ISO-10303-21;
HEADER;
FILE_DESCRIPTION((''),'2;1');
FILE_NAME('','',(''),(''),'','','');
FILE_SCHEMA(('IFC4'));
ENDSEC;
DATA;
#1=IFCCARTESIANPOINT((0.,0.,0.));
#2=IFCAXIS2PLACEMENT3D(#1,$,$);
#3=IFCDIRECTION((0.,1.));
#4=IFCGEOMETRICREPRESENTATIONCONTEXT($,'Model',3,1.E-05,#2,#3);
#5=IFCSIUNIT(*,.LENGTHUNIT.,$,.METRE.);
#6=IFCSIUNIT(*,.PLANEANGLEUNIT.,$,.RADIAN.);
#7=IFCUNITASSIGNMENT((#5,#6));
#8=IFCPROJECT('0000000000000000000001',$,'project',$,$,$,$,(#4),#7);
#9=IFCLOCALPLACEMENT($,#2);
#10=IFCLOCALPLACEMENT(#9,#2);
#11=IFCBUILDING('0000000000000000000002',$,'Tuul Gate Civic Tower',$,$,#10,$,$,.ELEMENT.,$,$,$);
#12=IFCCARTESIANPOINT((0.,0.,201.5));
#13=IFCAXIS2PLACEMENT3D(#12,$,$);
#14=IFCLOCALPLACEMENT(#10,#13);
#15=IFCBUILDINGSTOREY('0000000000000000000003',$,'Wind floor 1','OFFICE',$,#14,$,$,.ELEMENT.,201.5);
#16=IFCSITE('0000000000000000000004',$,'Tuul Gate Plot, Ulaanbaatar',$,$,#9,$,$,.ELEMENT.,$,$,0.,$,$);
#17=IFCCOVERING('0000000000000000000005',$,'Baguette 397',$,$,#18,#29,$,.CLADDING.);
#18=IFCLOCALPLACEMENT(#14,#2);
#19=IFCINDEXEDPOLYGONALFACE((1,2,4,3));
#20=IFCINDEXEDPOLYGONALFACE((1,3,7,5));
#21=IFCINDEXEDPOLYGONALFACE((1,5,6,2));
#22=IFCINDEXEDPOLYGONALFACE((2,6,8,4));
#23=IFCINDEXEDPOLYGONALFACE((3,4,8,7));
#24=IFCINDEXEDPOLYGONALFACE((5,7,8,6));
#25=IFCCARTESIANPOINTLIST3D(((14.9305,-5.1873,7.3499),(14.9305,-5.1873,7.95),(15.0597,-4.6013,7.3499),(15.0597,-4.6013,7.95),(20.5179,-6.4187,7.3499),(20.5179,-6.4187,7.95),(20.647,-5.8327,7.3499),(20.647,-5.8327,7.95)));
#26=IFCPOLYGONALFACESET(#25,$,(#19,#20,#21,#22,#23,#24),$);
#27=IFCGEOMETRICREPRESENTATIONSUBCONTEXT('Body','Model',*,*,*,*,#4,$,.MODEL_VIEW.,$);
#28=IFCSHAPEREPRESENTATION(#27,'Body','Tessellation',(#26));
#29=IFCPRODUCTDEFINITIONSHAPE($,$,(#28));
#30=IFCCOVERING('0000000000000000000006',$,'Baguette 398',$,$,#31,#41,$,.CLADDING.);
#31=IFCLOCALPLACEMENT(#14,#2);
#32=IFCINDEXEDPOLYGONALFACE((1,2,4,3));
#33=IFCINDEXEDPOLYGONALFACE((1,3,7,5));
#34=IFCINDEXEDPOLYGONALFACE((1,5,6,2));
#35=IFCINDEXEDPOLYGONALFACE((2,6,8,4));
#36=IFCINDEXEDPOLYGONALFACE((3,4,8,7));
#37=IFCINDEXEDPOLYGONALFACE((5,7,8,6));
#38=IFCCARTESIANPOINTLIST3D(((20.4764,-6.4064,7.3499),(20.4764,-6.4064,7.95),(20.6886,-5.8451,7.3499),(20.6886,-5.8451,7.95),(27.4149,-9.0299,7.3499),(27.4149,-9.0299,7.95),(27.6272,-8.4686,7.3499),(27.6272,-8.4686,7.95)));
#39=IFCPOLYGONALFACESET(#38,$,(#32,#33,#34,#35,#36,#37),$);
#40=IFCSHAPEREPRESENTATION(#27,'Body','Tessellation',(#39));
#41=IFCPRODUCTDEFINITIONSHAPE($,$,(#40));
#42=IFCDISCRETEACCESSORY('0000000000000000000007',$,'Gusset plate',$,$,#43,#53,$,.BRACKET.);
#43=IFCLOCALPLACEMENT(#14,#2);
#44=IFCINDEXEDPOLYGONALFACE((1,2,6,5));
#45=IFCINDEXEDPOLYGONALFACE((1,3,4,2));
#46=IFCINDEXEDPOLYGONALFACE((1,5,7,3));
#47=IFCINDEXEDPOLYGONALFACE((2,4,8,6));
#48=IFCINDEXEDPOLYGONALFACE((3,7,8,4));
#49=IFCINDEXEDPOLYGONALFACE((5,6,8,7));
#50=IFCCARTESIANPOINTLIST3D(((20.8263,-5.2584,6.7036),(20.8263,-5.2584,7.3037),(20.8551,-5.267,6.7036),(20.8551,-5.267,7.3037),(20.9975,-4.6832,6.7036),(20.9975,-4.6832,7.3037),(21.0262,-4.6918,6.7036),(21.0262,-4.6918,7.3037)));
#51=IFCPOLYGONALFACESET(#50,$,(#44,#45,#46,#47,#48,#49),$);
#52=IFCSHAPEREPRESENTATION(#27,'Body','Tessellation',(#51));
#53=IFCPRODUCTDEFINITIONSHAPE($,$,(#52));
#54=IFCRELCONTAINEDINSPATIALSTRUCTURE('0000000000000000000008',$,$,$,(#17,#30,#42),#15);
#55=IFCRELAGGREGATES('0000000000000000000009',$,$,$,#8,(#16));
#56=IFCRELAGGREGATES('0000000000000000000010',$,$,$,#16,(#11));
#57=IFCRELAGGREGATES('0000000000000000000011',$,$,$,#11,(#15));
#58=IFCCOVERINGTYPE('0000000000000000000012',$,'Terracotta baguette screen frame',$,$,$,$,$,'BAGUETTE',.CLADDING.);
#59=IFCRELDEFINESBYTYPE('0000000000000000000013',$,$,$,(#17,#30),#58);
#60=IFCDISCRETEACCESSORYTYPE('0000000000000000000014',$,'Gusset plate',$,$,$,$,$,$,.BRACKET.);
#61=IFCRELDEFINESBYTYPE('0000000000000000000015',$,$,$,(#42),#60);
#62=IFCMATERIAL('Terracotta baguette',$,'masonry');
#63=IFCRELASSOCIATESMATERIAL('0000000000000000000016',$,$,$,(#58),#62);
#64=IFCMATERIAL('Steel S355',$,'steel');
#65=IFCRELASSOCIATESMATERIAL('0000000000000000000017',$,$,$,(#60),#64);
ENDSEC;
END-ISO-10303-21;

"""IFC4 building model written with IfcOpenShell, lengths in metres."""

from ifc_helpers import new_model, si_unit, direction, frame, origin, origin_2d, place, context, subcontext, project, spatial, rectangle, extrude, material, material_profile, profile_set, type_object, element, save


model = new_model("IFC4")

# Units and contexts
model_context = context("Model", 3, precision=1e-05, world=origin(), true_north=direction((0.0, 1.0)))
body_context = subcontext(model_context, "Body", "Model", "MODEL_VIEW")
ifc_project = project(units=[si_unit("LENGTHUNIT", "METRE"), si_unit("PLANEANGLEUNIT", "RADIAN")], contexts=[model_context])

# Site, building, storey
site_placement = place(None, origin())
site = spatial("IfcSite", under=ifc_project, at=site_placement, Name="Tuul Gate Plot, Ulaanbaatar", CompositionType="ELEMENT", RefElevation=0.0)
building_placement = place(site_placement, origin())
building = spatial("IfcBuilding", under=site, at=building_placement, Name="Tuul Gate Civic Tower", CompositionType="ELEMENT")
storey_placement = place(building_placement, frame((0.0, 0.0, 201.5)))
storey = spatial("IfcBuildingStorey", under=building, at=storey_placement, Name="Wind floor 1", Description="OFFICE", CompositionType="ELEMENT", Elevation=201.5)

# Coverings
ifc_material_1 = material(Name="Terracotta baguette", Category="masonry")
ifc_material_profile_1 = material_profile(ifc_material_1, rectangle(XDim=0.6001, YDim=0.6001, at=origin_2d()), Name="Terracotta baguette screen frame")
ifc_profile_set_1 = profile_set([ifc_material_profile_1], Name="Terracotta baguette")
covering_type = type_object("IfcCoveringType", Name="Terracotta baguette screen frame", ElementType="BAGUETTE", PredefinedType="CLADDING", material=ifc_profile_set_1)
covering_1_placement = place(storey_placement, frame((14.9951, -4.8943, 7.6499), z_axis=(0.976563, -0.215231, 0.0), x_axis=(0.215231, 0.976563, 0.0)))
element("IfcCovering", 1, at=covering_1_placement, inside=storey, type_object=covering_type, Name="Baguette 397", PredefinedType="CLADDING", context=body_context, shape_type="SweptSolid", body=[
    extrude(rectangle(XDim=0.6001, YDim=0.6001, at=origin_2d()), origin(), (0.0, 0.0, 1.0), 5.7214),
])
covering_2_placement = place(storey_placement, frame((20.5825, -6.1257, 7.6499), z_axis=(0.935368, -0.353676, 0.0), x_axis=(0.353676, 0.935368, 0.0)))
element("IfcCovering", 2, at=covering_2_placement, inside=storey, type_object=covering_type, Name="Baguette 398", PredefinedType="CLADDING", context=body_context, shape_type="SweptSolid", body=[
    extrude(rectangle(XDim=0.6001, YDim=0.6001, at=origin_2d()), origin(), (0.0, 0.0, 1.0), 7.418),
])

# Discrete accessory
ifc_material_2 = material(Name="Steel S355", Category="steel")
discrete_accessory_type = type_object("IfcDiscreteAccessoryType", Name="Gusset plate", PredefinedType="BRACKET", material=ifc_material_2)
discrete_accessory_placement = place(storey_placement, frame((20.9263, -4.9751, 6.7036), z_axis=(0.0, 0.0, 1.0), x_axis=(0.285212, 0.958464, 0.0)))
element("IfcDiscreteAccessory", 3, at=discrete_accessory_placement, inside=storey, type_object=discrete_accessory_type, Name="Gusset plate", PredefinedType="BRACKET", context=body_context, shape_type="SweptSolid", body=[
    extrude(rectangle(XDim=0.6001, YDim=0.03, at=origin_2d()), origin(), (0.0, 0.0, 1.0), 0.6001),
])

save(model, "model.ifc")
